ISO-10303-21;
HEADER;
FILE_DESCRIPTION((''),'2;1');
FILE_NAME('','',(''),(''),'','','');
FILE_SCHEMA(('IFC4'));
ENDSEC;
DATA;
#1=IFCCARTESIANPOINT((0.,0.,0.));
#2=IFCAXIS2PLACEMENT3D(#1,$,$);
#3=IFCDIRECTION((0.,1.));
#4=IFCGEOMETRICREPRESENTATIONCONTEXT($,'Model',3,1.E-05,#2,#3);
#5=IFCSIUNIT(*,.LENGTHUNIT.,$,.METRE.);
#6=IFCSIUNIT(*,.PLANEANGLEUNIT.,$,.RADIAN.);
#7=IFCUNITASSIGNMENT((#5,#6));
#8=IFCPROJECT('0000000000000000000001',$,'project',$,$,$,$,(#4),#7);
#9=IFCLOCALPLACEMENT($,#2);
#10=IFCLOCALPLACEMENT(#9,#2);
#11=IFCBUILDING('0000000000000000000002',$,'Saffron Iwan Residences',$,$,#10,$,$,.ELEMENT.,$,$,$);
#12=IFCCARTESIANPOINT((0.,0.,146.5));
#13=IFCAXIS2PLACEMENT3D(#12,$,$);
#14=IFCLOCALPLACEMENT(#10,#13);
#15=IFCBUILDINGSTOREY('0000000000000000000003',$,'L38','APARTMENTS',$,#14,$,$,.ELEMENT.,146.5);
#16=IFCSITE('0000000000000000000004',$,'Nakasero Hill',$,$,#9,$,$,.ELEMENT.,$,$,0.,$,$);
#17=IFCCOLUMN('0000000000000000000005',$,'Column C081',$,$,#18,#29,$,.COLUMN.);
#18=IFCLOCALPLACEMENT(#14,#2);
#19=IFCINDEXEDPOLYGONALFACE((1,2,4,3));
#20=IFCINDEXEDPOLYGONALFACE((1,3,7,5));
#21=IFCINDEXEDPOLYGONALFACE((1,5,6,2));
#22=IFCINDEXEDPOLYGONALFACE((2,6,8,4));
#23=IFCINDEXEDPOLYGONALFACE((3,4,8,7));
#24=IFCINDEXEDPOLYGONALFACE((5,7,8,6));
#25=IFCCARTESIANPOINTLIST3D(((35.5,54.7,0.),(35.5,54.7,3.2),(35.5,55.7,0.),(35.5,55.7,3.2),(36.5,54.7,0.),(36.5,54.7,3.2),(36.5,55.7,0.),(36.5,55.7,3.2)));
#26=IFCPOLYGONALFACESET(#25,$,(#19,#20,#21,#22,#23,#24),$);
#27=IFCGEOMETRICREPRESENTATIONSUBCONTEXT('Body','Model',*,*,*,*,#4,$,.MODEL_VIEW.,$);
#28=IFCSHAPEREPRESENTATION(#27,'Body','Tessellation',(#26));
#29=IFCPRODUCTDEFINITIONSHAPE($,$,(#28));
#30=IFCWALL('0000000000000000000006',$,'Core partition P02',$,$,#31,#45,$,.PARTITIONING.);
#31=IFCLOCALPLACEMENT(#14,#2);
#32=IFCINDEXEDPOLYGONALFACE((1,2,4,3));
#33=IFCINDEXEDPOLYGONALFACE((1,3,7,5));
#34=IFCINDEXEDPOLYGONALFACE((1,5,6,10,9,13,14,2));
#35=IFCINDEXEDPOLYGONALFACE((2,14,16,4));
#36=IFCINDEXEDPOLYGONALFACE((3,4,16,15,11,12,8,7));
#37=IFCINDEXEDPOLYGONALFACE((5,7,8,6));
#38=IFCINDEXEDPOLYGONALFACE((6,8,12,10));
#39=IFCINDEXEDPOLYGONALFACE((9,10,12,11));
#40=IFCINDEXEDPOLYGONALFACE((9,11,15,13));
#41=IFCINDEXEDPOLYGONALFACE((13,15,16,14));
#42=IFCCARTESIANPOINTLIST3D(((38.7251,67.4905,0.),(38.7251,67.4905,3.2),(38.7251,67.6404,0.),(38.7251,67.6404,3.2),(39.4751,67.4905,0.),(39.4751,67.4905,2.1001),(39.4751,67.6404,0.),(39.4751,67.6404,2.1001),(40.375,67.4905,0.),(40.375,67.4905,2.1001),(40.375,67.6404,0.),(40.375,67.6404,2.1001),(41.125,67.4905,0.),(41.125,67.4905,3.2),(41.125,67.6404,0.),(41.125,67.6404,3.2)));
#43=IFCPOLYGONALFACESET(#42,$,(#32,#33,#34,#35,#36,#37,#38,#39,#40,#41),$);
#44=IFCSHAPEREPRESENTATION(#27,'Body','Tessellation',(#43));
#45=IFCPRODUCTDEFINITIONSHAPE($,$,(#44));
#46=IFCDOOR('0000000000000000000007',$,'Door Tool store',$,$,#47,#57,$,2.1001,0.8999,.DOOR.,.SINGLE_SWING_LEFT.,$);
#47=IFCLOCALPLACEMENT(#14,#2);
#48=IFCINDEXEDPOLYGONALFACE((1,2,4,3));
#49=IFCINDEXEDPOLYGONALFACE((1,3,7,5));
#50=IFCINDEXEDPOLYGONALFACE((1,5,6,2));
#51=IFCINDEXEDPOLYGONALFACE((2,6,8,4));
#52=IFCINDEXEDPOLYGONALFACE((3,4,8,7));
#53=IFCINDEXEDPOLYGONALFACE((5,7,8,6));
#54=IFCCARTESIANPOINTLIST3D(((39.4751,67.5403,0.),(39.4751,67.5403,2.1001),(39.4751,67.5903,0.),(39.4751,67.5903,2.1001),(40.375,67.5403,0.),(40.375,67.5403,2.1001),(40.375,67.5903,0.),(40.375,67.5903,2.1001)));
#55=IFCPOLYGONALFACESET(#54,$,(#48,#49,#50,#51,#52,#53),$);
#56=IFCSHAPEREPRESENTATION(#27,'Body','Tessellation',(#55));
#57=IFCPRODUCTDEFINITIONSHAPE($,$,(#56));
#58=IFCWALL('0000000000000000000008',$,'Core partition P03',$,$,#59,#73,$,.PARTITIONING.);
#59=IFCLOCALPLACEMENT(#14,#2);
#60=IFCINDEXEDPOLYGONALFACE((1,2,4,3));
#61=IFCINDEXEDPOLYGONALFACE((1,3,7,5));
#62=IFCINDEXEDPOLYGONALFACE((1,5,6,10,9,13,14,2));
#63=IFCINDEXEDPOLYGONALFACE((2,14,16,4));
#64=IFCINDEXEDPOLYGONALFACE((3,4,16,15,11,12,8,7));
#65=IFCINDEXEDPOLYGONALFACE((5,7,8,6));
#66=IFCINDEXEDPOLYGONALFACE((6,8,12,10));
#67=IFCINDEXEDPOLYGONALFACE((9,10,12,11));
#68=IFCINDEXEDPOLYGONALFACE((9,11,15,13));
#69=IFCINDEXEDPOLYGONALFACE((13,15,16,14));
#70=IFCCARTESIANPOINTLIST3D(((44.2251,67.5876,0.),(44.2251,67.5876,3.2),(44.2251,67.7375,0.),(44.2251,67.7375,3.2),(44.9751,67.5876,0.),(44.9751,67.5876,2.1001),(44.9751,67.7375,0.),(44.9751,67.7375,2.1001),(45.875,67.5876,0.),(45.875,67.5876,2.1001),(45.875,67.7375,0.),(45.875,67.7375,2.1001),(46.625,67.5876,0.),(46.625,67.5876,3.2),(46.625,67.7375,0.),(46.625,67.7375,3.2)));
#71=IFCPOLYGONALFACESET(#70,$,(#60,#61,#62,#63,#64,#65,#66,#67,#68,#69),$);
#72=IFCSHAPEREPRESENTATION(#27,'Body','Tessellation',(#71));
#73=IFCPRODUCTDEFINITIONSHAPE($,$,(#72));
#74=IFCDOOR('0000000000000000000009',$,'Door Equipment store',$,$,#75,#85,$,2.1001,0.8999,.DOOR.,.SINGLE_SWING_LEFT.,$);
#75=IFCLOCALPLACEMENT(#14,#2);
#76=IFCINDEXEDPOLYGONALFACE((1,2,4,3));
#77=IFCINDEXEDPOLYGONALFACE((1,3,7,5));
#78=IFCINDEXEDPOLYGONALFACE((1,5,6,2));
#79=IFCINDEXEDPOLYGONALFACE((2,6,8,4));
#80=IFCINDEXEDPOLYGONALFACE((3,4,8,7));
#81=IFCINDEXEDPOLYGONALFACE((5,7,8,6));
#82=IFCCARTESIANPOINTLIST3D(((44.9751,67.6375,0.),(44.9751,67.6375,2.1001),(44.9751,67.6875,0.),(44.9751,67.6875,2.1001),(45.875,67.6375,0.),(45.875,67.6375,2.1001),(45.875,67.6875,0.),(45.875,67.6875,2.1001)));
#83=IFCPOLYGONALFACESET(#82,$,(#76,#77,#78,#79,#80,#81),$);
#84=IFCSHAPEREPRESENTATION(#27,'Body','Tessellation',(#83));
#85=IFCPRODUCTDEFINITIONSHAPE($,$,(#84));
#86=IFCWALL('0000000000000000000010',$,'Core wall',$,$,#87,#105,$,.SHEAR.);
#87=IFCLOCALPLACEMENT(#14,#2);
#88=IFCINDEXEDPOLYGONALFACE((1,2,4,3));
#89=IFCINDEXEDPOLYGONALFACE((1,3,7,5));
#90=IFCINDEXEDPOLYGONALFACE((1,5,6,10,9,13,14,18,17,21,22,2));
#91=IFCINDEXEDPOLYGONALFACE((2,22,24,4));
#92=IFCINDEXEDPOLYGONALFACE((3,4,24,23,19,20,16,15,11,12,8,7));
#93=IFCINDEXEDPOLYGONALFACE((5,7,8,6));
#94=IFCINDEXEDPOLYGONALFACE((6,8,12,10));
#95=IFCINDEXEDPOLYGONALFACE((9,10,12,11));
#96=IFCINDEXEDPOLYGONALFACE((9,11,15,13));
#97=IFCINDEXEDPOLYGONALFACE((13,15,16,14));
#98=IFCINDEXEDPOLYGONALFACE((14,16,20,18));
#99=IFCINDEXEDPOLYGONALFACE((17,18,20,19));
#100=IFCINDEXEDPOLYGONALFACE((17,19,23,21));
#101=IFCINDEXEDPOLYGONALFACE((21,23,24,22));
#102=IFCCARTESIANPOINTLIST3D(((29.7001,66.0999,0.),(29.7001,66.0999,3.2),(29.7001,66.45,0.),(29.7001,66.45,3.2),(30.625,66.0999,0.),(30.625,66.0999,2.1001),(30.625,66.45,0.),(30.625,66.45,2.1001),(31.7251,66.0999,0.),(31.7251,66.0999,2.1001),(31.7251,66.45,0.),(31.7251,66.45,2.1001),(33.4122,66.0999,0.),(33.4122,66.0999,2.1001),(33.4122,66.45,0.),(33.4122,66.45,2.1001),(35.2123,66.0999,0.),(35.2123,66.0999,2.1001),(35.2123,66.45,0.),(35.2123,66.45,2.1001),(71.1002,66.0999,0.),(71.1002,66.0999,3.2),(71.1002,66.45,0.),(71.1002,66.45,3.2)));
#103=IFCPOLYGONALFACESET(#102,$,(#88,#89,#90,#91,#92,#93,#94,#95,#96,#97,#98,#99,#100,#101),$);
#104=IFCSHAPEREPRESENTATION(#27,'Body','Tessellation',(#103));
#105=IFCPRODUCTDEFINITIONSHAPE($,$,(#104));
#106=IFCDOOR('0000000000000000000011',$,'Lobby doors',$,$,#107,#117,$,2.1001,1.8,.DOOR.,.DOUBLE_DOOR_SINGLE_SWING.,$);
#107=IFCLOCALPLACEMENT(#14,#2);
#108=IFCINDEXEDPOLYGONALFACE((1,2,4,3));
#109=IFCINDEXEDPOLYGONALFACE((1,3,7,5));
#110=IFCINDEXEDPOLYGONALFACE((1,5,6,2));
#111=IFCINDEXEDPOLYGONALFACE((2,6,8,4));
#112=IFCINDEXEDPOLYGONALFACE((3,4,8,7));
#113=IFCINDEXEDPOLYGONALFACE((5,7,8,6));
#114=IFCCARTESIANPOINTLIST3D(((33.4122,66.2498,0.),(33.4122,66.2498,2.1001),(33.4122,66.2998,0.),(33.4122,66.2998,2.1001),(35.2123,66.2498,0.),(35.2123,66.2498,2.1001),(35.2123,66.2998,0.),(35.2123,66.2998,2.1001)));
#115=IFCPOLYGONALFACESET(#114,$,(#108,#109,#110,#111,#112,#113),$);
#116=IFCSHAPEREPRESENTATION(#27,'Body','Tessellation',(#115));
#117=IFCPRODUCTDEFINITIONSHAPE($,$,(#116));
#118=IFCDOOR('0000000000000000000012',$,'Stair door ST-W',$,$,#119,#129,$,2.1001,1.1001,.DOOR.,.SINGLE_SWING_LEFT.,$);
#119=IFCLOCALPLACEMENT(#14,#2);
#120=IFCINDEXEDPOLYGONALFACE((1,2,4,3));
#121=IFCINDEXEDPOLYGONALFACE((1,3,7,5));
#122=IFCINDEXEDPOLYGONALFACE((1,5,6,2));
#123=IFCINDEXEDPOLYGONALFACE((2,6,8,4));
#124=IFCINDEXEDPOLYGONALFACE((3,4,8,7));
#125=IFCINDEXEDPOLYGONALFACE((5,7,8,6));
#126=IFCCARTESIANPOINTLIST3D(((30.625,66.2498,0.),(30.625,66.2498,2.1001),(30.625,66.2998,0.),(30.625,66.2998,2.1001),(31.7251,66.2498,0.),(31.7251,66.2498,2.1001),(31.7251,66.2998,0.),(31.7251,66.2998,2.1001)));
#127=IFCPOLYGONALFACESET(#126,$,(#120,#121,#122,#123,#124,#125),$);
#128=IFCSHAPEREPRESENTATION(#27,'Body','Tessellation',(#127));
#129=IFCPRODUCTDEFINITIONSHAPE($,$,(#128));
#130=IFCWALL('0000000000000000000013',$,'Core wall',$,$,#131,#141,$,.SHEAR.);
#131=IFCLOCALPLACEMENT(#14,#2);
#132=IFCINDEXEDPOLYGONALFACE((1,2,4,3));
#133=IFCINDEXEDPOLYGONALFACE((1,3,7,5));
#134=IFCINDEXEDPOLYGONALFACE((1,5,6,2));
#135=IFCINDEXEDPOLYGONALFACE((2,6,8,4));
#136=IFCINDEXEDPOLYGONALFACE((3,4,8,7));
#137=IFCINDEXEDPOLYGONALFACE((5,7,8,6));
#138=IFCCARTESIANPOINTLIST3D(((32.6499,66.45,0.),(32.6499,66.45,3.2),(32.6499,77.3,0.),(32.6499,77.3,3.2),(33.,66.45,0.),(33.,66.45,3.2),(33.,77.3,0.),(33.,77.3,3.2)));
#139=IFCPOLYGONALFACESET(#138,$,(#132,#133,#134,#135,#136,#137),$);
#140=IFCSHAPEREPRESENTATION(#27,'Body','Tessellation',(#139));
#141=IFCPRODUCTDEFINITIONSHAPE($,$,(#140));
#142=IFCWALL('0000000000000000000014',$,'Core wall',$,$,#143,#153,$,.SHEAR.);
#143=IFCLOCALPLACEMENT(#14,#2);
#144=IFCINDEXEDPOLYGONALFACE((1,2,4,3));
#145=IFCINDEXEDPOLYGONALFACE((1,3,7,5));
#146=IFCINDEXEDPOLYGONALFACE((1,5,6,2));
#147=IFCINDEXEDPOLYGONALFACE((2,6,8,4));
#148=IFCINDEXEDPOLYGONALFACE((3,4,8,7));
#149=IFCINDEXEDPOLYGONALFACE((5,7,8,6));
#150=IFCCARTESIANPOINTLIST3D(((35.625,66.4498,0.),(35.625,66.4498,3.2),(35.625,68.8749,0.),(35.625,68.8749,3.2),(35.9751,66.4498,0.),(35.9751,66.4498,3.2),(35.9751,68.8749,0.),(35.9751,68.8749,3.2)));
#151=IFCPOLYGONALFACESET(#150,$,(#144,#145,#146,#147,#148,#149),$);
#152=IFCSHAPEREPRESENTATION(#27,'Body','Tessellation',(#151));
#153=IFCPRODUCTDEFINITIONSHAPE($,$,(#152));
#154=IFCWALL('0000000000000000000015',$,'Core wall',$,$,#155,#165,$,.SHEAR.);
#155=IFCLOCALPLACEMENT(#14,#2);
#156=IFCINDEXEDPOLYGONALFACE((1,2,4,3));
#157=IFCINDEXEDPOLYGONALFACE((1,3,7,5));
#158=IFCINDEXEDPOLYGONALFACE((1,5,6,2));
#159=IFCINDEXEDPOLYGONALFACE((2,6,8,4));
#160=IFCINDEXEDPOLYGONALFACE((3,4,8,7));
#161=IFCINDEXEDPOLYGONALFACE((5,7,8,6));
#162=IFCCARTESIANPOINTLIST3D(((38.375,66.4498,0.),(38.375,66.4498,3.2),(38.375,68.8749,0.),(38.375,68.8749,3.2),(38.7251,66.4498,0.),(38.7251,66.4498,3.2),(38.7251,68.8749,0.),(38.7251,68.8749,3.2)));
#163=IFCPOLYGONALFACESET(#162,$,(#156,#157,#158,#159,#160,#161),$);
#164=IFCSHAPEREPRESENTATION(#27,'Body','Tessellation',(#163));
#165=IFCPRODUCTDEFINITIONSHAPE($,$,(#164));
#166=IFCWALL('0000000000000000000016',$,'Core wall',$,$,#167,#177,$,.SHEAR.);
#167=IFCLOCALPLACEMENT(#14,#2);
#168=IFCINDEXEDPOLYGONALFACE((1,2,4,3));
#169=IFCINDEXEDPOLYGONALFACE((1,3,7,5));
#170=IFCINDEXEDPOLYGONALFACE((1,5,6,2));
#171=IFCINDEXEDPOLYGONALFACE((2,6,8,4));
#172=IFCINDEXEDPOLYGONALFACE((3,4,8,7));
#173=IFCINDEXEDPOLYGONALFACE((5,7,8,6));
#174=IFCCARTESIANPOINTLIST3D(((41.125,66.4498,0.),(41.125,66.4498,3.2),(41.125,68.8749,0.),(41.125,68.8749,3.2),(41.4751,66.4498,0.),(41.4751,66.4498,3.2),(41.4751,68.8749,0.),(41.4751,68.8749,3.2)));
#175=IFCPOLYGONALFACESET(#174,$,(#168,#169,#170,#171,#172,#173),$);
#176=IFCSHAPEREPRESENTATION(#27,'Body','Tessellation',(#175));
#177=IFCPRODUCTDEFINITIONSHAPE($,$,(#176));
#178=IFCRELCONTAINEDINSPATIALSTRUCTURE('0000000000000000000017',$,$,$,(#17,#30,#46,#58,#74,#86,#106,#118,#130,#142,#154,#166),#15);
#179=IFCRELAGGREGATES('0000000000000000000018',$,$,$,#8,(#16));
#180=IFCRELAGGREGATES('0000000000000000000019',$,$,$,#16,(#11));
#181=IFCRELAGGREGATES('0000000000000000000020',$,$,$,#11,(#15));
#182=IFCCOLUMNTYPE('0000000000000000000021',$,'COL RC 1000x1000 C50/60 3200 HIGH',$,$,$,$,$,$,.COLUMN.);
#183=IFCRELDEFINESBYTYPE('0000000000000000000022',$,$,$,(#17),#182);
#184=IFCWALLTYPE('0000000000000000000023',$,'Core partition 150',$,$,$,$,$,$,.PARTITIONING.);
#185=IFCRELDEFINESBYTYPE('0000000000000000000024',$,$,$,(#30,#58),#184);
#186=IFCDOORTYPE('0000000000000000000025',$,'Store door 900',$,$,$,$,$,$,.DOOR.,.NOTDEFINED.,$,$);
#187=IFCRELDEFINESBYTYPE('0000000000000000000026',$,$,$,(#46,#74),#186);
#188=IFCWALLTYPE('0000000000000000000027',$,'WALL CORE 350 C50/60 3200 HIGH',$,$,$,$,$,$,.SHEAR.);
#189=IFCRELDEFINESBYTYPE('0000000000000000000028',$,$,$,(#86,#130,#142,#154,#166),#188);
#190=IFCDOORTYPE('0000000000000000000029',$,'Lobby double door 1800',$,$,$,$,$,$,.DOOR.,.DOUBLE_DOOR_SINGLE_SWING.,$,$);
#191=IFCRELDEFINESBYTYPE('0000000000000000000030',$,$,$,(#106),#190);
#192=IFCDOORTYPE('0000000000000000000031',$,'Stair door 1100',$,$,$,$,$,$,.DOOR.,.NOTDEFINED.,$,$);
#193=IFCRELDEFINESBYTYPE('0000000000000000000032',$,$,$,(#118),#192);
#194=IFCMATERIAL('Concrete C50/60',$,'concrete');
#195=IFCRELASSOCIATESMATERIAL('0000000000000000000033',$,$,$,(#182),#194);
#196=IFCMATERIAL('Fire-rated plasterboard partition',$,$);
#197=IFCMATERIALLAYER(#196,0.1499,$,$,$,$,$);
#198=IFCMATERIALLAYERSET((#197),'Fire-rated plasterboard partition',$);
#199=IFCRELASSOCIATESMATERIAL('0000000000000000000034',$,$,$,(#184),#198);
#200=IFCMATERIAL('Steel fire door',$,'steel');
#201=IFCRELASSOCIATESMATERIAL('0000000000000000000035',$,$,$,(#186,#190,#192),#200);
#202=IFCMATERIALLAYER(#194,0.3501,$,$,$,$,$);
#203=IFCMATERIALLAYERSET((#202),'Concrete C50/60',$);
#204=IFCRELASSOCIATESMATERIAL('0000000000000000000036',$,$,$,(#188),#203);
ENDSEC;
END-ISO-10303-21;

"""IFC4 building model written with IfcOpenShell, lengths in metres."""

from ifc_helpers import new_model, si_unit, direction, frame, frame_2d, origin, origin_2d, place, context, subcontext, project, spatial, rectangle, extrude, source, transform, mapped, material, layer, layer_set, material_profile, profile_set, type_object, element, fill, save


model = new_model("IFC4")

# Units and contexts
model_context = context("Model", 3, precision=1e-05, world=origin(), true_north=direction((0.0, 1.0)))
body_context = subcontext(model_context, "Body", "Model", "MODEL_VIEW")
ifc_project = project(units=[si_unit("LENGTHUNIT", "METRE"), si_unit("PLANEANGLEUNIT", "RADIAN")], contexts=[model_context])

# Site, building, storey
site_placement = place(None, origin())
site = spatial("IfcSite", under=ifc_project, at=site_placement, Name="Nakasero Hill", CompositionType="ELEMENT", RefElevation=0.0)
building_placement = place(site_placement, origin())
building = spatial("IfcBuilding", under=site, at=building_placement, Name="Saffron Iwan Residences", CompositionType="ELEMENT")
storey_placement = place(building_placement, frame((0.0, 0.0, 146.5)))
storey = spatial("IfcBuildingStorey", under=building, at=storey_placement, Name="L38", Description="APARTMENTS", CompositionType="ELEMENT", Elevation=146.5)

# Column
ifc_material_1 = material(Name="Concrete C50/60", Category="concrete")
ifc_material_profile = material_profile(ifc_material_1, rectangle(XDim=1.0, YDim=1.0, at=origin_2d()), Name="RC 1000x1000")
ifc_profile_set = profile_set([ifc_material_profile], Name="Concrete C50/60")
column_type = type_object("IfcColumnType", Name="COL RC 1000x1000 C50/60 3200 HIGH", PredefinedType="COLUMN", material=ifc_profile_set)
shared_shape = source(origin(), body_context, "Body", "SweptSolid", [
    extrude(rectangle(XDim=1.0, YDim=1.0, at=origin_2d()), origin(), (0.0, 0.0, 1.0), 3.2),
])
column_placement = place(storey_placement, frame((36.0, 55.2, 0.0), z_axis=(0.0, 0.0, 1.0), x_axis=(1.0, 0.0, 0.0)))
element("IfcColumn", 1, at=column_placement, inside=storey, type_object=column_type, Name="Column C081", PredefinedType="COLUMN", context=body_context, shape_type="MappedRepresentation", body=[
    mapped(shared_shape, transform((0.0, 0.0, 0.0))),
])

# Walls, openings, doors
ifc_material_2 = material(Name="Fire-rated plasterboard partition")
ifc_layer_1 = layer(ifc_material_2, 0.1499)
ifc_layer_set_1 = layer_set([ifc_layer_1], Name="Fire-rated plasterboard partition")
wall_type_1 = type_object("IfcWallType", Name="Core partition 150", PredefinedType="PARTITIONING", material=ifc_layer_set_1)
wall_1_placement = place(storey_placement, frame((38.7251, 67.5654, 0.0), z_axis=(0.0, 0.0, 1.0), x_axis=(1.0, 0.0, 0.0)))
wall_1 = element("IfcWall", 2, at=wall_1_placement, inside=storey, type_object=wall_type_1, Name="Core partition P02", PredefinedType="PARTITIONING", context=body_context, shape_type="SweptSolid", body=[
    extrude(rectangle(XDim=2.3999, YDim=0.1499, at=frame_2d((1.2, 0.0))), origin(), (0.0, 0.0, 1.0), 3.2),
])
opening_1_placement = place(wall_1_placement, frame((0.75, 0.0, 0.0)))
opening_1 = element("IfcOpeningElement", 3, at=opening_1_placement, cuts=wall_1, PredefinedType="OPENING", context=body_context, shape_type="SweptSolid", body=[
    extrude(rectangle(XDim=0.8999, YDim=2.1001, at=frame_2d((0.45, 1.05))), frame((0.0, 0.085, 0.0), z_axis=(0.0, -1.0, 0.0), x_axis=(1.0, 0.0, 0.0)), (0.0, 0.0, 1.0), 0.1699),
])
ifc_material_3 = material(Name="Steel fire door", Category="steel")
door_type_1 = type_object("IfcDoorType", Name="Store door 900", OperationType="NOTDEFINED", PredefinedType="DOOR", material=ifc_material_3)
door_1_placement = place(opening_1_placement, origin())
door_1 = element("IfcDoor", 4, at=door_1_placement, inside=storey, type_object=door_type_1, Name="Door Tool store", OperationType="SINGLE_SWING_LEFT", OverallHeight=2.1001, OverallWidth=0.8999, PredefinedType="DOOR", context=body_context, shape_type="SweptSolid", body=[
    extrude(rectangle(XDim=0.8999, YDim=2.1001, at=frame_2d((0.45, 1.05))), frame((0.0, 0.0249, 0.0), z_axis=(0.0, -1.0, 0.0), x_axis=(1.0, 0.0, 0.0)), (0.0, 0.0, 1.0), 0.05),
])
fill(opening_1, door_1)
wall_2_placement = place(storey_placement, frame((44.2251, 67.6626, 0.0), z_axis=(0.0, 0.0, 1.0), x_axis=(1.0, 0.0, 0.0)))
wall_2 = element("IfcWall", 5, at=wall_2_placement, inside=storey, type_object=wall_type_1, Name="Core partition P03", PredefinedType="PARTITIONING", context=body_context, shape_type="SweptSolid", body=[
    extrude(rectangle(XDim=2.3999, YDim=0.1499, at=frame_2d((1.2, 0.0))), origin(), (0.0, 0.0, 1.0), 3.2),
])
opening_2_placement = place(wall_2_placement, frame((0.75, 0.0, 0.0)))
opening_2 = element("IfcOpeningElement", 6, at=opening_2_placement, cuts=wall_2, PredefinedType="OPENING", context=body_context, shape_type="SweptSolid", body=[
    extrude(rectangle(XDim=0.8999, YDim=2.1001, at=frame_2d((0.45, 1.05))), frame((0.0, 0.085, 0.0), z_axis=(0.0, -1.0, 0.0), x_axis=(1.0, 0.0, 0.0)), (0.0, 0.0, 1.0), 0.1699),
])
door_2_placement = place(opening_2_placement, origin())
door_2 = element("IfcDoor", 7, at=door_2_placement, inside=storey, type_object=door_type_1, Name="Door Equipment store", OperationType="SINGLE_SWING_LEFT", OverallHeight=2.1001, OverallWidth=0.8999, PredefinedType="DOOR", context=body_context, shape_type="SweptSolid", body=[
    extrude(rectangle(XDim=0.8999, YDim=2.1001, at=frame_2d((0.45, 1.05))), frame((0.0, 0.0249, 0.0), z_axis=(0.0, -1.0, 0.0), x_axis=(1.0, 0.0, 0.0)), (0.0, 0.0, 1.0), 0.05),
])
fill(opening_2, door_2)

# Wall, openings, doors
ifc_layer_2 = layer(ifc_material_1, 0.3501)
ifc_layer_set_2 = layer_set([ifc_layer_2], Name="Concrete C50/60")
wall_type_2 = type_object("IfcWallType", Name="WALL CORE 350 C50/60 3200 HIGH", PredefinedType="SHEAR", material=ifc_layer_set_2)
wall_3_placement = place(storey_placement, frame((29.7, 66.2749, 0.0), z_axis=(0.0, 0.0, 1.0), x_axis=(1.0, 0.0, 0.0)))
wall_3 = element("IfcWall", 8, at=wall_3_placement, inside=storey, type_object=wall_type_2, Name="Core wall", PredefinedType="SHEAR", context=body_context, shape_type="SweptSolid", body=[
    extrude(rectangle(XDim=41.4001, YDim=0.3501, at=frame_2d((20.7002, 0.0))), origin(), (0.0, 0.0, 1.0), 3.2),
])
opening_3_placement = place(wall_3_placement, frame((0.925, 0.0, 0.0)))
opening_3 = element("IfcOpeningElement", 9, at=opening_3_placement, cuts=wall_3, PredefinedType="OPENING", context=body_context, shape_type="SweptSolid", body=[
    extrude(rectangle(XDim=1.1001, YDim=2.1001, at=frame_2d((0.55, 1.05))), frame((0.0, 0.1851, 0.0), z_axis=(0.0, -1.0, 0.0), x_axis=(1.0, 0.0, 0.0)), (0.0, 0.0, 1.0), 0.3701),
])
opening_4_placement = place(wall_3_placement, frame((3.7124, 0.0, 0.0)))
opening_4 = element("IfcOpeningElement", 10, at=opening_4_placement, cuts=wall_3, PredefinedType="OPENING", context=body_context, shape_type="SweptSolid", body=[
    extrude(rectangle(XDim=1.8, YDim=2.1001, at=frame_2d((0.8999, 1.05))), frame((0.0, 0.1851, 0.0), z_axis=(0.0, -1.0, 0.0), x_axis=(1.0, 0.0, 0.0)), (0.0, 0.0, 1.0), 0.3701),
])
door_type_2 = type_object("IfcDoorType", Name="Lobby double door 1800", OperationType="DOUBLE_DOOR_SINGLE_SWING", PredefinedType="DOOR", material=ifc_material_3)
door_3_placement = place(opening_4_placement, origin())
door_3 = element("IfcDoor", 11, at=door_3_placement, inside=storey, type_object=door_type_2, Name="Lobby doors", OperationType="DOUBLE_DOOR_SINGLE_SWING", OverallHeight=2.1001, OverallWidth=1.8, PredefinedType="DOOR", context=body_context, shape_type="SweptSolid", body=[
    extrude(rectangle(XDim=1.8, YDim=2.1001, at=frame_2d((0.8999, 1.05))), frame((0.0, 0.0249, 0.0), z_axis=(0.0, -1.0, 0.0), x_axis=(1.0, 0.0, 0.0)), (0.0, 0.0, 1.0), 0.05),
])
fill(opening_4, door_3)
door_type_3 = type_object("IfcDoorType", Name="Stair door 1100", OperationType="NOTDEFINED", PredefinedType="DOOR", material=ifc_material_3)
door_4_placement = place(opening_3_placement, origin())
door_4 = element("IfcDoor", 12, at=door_4_placement, inside=storey, type_object=door_type_3, Name="Stair door ST-W", OperationType="SINGLE_SWING_LEFT", OverallHeight=2.1001, OverallWidth=1.1001, PredefinedType="DOOR", context=body_context, shape_type="SweptSolid", body=[
    extrude(rectangle(XDim=1.1001, YDim=2.1001, at=frame_2d((0.55, 1.05))), frame((0.0, 0.0249, 0.0), z_axis=(0.0, -1.0, 0.0), x_axis=(1.0, 0.0, 0.0)), (0.0, 0.0, 1.0), 0.05),
])
fill(opening_3, door_4)

# Walls
wall_4_placement = place(storey_placement, frame((32.825, 66.45, 0.0), z_axis=(0.0, 0.0, 1.0), x_axis=(0.0, 1.0, 0.0)))
element("IfcWall", 13, at=wall_4_placement, inside=storey, type_object=wall_type_2, Name="Core wall", PredefinedType="SHEAR", context=body_context, shape_type="SweptSolid", body=[
    extrude(rectangle(XDim=10.8501, YDim=0.3501, at=frame_2d((5.425, 0.0))), origin(), (0.0, 0.0, 1.0), 3.2),
])
for number, where, z_axis, x_axis, name in (
    (14, (35.8, 66.45, 0.0), (0.0, 0.0, 1.0), (0.0, 1.0, 0.0), "Core wall"),
    (15, (38.55, 66.45, 0.0), (0.0, 0.0, 1.0), (0.0, 1.0, 0.0), "Core wall"),
    (16, (41.3, 66.45, 0.0), (0.0, 0.0, 1.0), (0.0, 1.0, 0.0), "Core wall"),
):
    element("IfcWall", number, at=place(storey_placement, frame(where, z_axis=z_axis, x_axis=x_axis)), inside=storey, type_object=wall_type_2, Name=name, PredefinedType="SHEAR", context=body_context, shape_type="SweptSolid", body=[
        extrude(rectangle(XDim=2.425, YDim=0.3501, at=frame_2d((1.2124, 0.0))), origin(), (0.0, 0.0, 1.0), 3.2),
    ])

save(model, "model.ifc")
